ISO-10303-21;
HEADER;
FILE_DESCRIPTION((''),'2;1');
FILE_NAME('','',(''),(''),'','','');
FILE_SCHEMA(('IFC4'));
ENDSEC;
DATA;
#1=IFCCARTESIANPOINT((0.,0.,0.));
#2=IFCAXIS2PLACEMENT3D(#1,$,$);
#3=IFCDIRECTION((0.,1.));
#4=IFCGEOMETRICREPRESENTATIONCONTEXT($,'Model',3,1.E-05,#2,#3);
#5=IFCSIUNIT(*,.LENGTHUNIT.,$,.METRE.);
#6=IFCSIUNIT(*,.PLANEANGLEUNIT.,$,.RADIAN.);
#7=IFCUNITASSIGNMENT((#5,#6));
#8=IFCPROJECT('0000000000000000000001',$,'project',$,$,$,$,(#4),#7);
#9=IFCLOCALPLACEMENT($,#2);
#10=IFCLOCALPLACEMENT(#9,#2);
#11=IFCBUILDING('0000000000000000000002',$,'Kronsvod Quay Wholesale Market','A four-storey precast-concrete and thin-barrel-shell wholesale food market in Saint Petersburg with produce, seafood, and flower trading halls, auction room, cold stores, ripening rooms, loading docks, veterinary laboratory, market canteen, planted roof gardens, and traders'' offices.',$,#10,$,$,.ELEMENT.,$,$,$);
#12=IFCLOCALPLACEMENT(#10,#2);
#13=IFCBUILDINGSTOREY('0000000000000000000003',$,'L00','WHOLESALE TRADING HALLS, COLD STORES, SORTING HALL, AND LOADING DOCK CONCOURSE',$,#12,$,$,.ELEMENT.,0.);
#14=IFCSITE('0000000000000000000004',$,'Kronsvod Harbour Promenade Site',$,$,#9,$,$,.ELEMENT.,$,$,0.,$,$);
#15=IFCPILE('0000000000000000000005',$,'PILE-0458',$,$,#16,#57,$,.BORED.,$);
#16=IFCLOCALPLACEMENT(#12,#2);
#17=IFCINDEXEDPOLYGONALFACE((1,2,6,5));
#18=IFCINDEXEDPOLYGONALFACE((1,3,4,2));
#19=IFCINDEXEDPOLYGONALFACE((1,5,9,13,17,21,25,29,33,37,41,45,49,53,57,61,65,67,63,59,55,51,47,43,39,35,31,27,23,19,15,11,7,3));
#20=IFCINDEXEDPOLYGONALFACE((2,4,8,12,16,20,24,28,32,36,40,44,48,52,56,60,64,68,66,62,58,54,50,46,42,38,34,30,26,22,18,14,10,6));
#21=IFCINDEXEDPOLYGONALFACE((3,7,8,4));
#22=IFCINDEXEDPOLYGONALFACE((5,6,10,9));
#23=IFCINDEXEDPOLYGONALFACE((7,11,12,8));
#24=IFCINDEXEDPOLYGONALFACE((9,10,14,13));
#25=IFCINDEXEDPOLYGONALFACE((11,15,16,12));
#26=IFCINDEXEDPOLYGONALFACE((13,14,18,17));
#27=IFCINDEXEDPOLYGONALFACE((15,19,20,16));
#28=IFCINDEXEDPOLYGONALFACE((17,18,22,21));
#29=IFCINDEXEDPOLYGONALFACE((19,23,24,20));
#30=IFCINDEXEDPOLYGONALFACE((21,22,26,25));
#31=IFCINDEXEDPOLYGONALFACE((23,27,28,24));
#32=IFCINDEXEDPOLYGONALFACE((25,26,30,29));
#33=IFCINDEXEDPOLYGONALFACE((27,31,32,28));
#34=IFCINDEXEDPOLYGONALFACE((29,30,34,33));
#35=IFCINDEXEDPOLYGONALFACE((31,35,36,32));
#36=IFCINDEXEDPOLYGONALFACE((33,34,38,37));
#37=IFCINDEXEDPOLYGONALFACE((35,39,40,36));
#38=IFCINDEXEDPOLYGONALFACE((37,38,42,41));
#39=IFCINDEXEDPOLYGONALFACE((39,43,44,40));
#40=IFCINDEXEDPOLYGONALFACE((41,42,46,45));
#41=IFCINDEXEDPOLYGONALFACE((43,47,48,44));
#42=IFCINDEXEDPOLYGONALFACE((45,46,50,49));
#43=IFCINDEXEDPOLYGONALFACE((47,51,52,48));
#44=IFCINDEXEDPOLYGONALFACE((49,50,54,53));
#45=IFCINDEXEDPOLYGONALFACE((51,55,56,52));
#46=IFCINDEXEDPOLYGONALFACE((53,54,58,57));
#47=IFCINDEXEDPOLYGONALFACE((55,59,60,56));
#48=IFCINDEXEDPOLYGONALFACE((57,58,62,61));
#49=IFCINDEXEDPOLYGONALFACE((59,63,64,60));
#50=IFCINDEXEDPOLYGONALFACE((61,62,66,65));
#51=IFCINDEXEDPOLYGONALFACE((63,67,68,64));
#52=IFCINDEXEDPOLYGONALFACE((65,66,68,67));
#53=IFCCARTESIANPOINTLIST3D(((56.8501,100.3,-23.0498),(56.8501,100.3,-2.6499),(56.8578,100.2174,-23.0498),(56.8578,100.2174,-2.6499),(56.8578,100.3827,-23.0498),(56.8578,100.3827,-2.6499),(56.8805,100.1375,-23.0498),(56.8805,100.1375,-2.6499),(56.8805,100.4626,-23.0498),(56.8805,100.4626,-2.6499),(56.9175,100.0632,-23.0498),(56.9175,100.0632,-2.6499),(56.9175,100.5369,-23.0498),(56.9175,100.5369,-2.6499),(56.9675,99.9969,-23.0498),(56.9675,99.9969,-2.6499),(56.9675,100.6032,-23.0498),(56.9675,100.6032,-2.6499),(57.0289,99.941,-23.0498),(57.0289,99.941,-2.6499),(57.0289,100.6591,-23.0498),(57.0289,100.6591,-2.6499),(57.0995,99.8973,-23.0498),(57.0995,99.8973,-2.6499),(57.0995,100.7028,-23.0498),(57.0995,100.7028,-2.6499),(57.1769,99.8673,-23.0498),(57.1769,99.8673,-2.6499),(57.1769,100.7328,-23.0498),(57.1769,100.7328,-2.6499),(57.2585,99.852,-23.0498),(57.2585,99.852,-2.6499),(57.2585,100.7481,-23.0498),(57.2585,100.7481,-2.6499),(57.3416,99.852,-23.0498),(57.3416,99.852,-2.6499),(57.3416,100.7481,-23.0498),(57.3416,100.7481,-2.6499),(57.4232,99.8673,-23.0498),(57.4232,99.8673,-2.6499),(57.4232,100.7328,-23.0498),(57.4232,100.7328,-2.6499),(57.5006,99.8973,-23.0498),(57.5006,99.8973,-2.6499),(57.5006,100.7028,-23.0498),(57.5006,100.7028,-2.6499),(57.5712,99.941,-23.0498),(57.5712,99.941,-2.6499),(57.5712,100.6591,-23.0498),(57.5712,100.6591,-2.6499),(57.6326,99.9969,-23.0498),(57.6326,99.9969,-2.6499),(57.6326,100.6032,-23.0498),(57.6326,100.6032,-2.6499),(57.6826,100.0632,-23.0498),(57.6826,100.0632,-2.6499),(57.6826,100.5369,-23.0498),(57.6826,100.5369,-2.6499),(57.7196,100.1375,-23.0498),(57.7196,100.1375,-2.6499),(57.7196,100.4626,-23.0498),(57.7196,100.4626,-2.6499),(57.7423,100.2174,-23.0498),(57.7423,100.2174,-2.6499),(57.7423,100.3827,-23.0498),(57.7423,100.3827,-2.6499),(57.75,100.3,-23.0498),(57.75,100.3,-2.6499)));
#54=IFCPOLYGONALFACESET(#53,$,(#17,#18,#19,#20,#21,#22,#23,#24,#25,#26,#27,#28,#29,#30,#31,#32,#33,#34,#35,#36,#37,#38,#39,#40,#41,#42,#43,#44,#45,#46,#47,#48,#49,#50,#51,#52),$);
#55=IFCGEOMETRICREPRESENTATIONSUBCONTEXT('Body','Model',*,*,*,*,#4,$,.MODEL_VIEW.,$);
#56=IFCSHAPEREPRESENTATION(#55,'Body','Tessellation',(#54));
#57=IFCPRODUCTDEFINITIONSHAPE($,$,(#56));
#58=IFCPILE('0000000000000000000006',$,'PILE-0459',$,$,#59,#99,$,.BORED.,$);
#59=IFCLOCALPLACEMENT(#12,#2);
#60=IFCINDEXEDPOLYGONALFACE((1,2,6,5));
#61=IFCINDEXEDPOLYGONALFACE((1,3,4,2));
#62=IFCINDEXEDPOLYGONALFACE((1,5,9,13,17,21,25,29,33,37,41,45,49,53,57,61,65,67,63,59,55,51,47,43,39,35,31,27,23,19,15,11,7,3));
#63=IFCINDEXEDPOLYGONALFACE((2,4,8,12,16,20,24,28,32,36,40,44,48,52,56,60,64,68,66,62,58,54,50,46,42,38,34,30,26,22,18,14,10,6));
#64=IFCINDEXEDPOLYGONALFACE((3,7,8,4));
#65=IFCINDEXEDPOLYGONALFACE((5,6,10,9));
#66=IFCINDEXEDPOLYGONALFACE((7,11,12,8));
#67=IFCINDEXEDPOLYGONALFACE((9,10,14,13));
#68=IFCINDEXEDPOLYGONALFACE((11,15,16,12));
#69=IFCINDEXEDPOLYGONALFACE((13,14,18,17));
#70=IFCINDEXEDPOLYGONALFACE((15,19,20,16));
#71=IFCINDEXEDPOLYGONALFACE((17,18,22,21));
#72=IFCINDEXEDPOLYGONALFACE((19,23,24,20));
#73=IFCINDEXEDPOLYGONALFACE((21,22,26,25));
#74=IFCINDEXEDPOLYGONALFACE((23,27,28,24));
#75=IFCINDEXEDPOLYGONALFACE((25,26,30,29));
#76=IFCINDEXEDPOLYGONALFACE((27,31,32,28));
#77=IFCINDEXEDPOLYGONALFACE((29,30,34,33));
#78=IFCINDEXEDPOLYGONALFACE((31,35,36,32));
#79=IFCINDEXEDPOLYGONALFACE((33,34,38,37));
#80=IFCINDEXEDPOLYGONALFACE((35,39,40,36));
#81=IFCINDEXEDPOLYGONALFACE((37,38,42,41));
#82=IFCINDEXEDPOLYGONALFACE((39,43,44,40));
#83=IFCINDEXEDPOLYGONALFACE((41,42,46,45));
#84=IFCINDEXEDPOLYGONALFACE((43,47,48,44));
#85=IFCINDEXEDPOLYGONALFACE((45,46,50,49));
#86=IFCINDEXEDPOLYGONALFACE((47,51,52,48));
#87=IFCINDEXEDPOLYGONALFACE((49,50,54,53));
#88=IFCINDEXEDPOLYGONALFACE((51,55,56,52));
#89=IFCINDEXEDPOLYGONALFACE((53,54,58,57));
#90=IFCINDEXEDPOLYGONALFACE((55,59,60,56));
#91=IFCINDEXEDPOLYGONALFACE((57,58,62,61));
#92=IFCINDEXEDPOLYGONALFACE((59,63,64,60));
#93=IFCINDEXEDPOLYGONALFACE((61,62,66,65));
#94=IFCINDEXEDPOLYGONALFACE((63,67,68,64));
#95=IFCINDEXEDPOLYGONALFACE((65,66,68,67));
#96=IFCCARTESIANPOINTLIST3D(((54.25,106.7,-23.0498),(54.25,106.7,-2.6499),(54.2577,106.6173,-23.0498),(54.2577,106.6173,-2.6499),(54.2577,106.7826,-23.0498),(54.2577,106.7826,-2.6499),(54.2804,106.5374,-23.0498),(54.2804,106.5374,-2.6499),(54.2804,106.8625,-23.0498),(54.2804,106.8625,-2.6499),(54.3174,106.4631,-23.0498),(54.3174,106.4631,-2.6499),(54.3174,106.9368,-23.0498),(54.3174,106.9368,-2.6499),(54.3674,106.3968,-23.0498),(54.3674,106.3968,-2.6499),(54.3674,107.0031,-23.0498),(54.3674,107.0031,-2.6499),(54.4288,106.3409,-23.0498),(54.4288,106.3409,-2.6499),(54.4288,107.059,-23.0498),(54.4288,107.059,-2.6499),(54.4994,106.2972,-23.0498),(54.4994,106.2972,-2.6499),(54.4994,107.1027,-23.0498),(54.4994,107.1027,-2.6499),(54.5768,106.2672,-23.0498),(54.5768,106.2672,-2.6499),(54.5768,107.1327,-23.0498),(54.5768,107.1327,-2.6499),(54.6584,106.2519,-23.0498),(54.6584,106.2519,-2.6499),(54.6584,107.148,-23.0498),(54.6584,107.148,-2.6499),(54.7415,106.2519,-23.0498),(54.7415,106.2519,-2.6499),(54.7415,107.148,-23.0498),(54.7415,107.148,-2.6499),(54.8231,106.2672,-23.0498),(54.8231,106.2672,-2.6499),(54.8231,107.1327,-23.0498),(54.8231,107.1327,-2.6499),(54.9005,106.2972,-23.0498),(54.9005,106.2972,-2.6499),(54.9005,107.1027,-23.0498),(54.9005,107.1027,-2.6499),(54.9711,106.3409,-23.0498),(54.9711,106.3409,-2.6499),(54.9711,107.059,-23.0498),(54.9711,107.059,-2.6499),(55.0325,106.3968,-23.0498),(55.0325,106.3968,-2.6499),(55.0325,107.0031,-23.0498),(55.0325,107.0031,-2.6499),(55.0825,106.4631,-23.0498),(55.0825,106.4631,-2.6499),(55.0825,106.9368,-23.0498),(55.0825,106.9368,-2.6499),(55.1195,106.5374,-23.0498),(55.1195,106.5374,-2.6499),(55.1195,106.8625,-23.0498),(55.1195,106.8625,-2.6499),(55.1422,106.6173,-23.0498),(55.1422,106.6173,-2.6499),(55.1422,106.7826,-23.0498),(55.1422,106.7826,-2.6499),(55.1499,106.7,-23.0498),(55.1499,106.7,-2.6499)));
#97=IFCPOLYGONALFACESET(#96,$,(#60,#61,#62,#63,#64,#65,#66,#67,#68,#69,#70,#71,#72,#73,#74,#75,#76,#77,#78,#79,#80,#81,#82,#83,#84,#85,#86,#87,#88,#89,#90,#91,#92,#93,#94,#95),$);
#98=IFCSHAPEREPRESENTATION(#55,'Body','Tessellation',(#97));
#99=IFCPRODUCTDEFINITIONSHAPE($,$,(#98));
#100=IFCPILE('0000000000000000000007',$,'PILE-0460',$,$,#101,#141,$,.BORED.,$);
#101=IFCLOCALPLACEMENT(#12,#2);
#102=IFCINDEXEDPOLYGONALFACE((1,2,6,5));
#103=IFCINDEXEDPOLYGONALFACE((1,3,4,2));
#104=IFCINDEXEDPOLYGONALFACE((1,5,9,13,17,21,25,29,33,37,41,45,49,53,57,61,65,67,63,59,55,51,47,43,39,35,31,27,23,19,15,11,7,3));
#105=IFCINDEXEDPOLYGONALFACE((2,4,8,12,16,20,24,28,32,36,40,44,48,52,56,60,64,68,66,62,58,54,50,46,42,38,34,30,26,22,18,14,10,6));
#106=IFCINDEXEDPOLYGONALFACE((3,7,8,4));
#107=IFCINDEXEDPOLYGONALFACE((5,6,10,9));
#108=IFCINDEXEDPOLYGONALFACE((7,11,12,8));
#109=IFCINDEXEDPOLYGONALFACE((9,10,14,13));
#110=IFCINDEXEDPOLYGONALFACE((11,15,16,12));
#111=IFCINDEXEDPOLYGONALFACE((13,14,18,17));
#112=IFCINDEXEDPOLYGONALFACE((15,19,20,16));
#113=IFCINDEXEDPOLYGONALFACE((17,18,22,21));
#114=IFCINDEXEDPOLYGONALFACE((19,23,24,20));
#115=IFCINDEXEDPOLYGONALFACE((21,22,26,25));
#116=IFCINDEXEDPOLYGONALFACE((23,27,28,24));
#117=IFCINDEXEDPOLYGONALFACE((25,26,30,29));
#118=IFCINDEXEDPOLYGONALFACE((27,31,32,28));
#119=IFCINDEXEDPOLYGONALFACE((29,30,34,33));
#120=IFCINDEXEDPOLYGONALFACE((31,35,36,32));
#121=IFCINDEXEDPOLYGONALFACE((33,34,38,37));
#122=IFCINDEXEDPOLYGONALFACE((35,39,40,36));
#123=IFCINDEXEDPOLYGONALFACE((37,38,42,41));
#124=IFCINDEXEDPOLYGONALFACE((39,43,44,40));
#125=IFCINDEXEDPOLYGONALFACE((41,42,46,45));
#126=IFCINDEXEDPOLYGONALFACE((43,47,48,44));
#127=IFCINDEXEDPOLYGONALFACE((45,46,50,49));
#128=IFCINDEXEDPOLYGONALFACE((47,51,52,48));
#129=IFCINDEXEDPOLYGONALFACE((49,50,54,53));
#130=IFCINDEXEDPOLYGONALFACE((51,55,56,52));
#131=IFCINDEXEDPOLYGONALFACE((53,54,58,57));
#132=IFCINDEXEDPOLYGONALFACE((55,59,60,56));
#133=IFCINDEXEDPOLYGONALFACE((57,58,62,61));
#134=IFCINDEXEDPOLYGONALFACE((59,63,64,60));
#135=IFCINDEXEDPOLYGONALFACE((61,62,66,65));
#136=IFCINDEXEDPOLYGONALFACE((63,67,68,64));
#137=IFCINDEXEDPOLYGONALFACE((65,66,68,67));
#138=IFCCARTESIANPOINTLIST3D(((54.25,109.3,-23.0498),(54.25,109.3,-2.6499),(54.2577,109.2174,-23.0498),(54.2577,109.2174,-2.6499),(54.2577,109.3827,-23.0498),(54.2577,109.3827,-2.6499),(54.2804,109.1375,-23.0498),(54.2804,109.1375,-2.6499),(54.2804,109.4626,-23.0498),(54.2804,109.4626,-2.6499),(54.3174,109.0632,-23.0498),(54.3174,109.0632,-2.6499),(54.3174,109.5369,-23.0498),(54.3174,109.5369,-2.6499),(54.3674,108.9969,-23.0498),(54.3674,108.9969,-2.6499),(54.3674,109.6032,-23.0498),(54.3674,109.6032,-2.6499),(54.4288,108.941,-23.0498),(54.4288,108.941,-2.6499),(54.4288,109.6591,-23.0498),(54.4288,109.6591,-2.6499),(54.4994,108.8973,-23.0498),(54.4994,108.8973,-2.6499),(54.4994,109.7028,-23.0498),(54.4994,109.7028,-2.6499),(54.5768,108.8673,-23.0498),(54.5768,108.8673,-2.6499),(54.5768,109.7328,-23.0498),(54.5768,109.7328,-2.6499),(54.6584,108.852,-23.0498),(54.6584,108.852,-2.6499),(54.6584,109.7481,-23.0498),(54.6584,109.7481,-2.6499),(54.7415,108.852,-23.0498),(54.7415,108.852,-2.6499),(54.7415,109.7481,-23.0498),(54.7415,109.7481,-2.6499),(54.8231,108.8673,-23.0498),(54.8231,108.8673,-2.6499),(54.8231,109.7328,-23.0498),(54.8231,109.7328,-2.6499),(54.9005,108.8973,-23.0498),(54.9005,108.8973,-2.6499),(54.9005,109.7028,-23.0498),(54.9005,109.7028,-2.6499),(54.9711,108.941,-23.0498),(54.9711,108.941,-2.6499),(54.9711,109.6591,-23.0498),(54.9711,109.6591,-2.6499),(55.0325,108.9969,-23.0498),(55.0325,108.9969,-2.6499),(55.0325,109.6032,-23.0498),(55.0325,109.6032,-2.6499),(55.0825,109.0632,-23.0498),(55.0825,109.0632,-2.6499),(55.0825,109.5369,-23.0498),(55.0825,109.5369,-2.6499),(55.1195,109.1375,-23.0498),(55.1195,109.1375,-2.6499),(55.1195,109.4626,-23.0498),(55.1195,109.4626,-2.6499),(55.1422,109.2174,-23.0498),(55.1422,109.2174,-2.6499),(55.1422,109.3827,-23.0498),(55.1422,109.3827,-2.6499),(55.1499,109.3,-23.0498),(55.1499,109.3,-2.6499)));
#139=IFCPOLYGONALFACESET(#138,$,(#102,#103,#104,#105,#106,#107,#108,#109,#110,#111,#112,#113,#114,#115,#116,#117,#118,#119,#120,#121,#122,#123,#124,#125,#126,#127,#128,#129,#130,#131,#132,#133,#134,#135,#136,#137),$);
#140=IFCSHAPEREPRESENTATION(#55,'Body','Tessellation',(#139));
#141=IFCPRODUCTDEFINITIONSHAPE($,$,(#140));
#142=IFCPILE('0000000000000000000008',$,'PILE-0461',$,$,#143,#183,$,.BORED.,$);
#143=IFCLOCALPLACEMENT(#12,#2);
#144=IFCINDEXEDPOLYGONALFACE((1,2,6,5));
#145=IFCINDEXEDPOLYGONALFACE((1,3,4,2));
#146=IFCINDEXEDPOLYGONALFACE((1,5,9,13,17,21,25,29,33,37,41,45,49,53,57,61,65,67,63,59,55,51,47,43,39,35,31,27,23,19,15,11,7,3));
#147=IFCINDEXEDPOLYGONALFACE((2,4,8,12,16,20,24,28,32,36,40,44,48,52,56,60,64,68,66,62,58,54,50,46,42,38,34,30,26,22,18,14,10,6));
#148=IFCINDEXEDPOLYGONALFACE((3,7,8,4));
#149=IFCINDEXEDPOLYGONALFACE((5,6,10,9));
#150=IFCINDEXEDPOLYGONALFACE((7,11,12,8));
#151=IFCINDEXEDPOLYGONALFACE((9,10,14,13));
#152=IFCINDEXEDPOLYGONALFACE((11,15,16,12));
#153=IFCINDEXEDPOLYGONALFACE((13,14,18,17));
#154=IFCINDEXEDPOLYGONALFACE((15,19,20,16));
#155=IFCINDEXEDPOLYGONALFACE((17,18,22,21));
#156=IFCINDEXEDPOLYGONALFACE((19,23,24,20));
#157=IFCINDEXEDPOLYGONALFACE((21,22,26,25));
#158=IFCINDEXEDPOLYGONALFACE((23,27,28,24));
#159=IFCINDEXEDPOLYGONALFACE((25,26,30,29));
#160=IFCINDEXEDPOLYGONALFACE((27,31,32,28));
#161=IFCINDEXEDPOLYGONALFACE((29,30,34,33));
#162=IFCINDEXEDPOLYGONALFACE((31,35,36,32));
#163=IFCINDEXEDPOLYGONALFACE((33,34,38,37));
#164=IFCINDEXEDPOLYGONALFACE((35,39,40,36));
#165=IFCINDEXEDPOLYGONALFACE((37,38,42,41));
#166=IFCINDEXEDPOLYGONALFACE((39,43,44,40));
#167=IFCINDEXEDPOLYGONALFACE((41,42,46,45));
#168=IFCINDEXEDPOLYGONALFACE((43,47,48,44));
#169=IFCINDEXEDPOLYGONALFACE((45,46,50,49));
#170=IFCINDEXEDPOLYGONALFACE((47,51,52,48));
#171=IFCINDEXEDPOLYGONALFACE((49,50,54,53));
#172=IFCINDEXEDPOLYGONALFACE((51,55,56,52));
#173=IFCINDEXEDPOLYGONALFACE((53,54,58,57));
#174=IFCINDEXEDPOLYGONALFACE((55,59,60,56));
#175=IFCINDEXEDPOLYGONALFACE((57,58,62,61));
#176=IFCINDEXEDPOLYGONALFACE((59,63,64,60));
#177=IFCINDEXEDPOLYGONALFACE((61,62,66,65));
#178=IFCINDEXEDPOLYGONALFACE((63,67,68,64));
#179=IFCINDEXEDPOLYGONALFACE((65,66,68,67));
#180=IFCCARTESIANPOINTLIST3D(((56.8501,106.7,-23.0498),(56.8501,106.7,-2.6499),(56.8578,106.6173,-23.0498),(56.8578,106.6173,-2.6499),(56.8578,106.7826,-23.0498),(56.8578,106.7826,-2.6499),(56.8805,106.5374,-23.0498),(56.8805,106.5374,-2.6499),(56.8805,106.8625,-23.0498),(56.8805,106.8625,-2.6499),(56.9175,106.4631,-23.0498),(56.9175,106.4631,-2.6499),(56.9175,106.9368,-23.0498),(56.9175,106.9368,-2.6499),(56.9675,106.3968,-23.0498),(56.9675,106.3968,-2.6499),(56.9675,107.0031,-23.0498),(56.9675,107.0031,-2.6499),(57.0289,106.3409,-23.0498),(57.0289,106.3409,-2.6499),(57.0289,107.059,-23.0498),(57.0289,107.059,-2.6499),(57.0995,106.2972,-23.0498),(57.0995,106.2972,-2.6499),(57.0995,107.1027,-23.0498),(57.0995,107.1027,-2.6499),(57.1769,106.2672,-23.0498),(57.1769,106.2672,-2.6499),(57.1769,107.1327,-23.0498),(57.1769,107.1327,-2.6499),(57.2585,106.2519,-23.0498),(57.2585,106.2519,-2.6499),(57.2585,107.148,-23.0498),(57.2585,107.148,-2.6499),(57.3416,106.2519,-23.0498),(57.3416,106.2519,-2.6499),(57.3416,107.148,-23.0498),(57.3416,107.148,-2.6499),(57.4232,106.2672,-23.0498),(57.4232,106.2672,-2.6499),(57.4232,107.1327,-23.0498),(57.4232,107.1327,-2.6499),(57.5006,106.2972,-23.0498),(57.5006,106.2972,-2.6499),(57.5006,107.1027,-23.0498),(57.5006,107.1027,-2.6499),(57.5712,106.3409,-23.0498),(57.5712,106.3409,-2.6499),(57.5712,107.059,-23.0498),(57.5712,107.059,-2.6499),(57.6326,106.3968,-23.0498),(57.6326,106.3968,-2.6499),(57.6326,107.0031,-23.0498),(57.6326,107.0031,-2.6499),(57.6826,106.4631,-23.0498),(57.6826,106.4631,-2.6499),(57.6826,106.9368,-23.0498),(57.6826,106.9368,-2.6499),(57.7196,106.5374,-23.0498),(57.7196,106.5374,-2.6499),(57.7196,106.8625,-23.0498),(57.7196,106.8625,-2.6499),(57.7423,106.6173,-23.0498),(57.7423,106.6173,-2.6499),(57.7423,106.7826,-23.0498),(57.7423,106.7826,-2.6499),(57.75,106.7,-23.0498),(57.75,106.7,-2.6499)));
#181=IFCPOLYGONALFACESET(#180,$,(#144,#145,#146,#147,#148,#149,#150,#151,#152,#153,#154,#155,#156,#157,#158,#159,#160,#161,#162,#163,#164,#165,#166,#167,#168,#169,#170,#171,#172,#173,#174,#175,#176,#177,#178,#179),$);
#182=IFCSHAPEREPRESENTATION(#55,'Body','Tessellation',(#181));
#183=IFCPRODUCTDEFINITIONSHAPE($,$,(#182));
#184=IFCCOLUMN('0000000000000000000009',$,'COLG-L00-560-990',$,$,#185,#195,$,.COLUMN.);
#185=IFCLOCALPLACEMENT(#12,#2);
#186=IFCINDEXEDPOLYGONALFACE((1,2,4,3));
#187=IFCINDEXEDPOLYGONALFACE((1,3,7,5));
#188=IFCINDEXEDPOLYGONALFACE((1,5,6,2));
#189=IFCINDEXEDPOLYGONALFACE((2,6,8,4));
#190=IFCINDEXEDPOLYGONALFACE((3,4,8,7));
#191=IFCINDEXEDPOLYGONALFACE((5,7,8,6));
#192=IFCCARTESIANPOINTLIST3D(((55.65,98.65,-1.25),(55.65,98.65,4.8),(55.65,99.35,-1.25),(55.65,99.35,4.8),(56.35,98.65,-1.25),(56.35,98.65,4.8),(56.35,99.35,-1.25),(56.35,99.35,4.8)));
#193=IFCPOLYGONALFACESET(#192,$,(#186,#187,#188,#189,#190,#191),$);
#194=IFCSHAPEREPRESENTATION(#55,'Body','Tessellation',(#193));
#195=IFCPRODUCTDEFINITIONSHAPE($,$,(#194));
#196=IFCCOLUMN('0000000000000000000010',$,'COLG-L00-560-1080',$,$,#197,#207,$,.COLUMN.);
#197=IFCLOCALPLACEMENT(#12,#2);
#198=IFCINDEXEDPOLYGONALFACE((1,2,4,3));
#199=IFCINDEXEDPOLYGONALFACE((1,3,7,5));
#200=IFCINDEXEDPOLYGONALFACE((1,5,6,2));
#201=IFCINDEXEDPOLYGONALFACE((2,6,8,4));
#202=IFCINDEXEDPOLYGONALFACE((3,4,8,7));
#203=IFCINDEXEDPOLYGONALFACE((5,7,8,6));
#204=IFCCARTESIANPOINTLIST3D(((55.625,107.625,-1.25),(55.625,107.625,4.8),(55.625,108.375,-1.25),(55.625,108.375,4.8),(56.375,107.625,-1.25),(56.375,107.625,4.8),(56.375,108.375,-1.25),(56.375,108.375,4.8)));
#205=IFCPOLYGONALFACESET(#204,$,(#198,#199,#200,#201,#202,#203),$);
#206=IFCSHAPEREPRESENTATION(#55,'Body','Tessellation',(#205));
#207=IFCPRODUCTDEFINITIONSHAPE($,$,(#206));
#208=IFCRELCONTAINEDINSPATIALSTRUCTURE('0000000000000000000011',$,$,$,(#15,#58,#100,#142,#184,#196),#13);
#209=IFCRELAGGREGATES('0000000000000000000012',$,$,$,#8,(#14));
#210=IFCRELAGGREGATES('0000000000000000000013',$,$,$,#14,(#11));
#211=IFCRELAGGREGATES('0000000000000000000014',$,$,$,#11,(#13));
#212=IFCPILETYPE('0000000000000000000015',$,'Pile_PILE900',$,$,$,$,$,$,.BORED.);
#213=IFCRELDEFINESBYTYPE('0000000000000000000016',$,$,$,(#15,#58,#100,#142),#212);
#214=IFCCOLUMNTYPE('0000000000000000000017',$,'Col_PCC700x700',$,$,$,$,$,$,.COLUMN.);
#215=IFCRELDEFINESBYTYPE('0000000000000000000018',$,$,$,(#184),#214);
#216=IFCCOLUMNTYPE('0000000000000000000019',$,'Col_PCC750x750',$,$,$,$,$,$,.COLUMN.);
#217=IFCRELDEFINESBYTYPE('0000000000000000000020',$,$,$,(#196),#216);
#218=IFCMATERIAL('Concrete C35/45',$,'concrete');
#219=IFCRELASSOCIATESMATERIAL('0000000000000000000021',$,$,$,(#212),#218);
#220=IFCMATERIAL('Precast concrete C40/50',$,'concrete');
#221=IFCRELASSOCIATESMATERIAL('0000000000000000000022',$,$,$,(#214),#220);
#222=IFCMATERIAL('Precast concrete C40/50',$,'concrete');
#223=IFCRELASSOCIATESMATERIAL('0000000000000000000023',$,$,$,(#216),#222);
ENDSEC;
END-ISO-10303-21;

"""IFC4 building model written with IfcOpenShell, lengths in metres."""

from ifc_helpers import new_model, si_unit, direction, frame, origin, origin_2d, place, context, subcontext, project, spatial, rectangle, circle, extrude, material, material_profile, profile_set, type_object, element, save


model = new_model("IFC4")

# Units and contexts
model_context = context("Model", 3, precision=1e-05, world=origin(), true_north=direction((0.0, 1.0)))
body_context = subcontext(model_context, "Body", "Model", "MODEL_VIEW")
ifc_project = project(units=[si_unit("LENGTHUNIT", "METRE"), si_unit("PLANEANGLEUNIT", "RADIAN")], contexts=[model_context])

# Site, building, storey
site_placement = place(None, origin())
site = spatial("IfcSite", under=ifc_project, at=site_placement, Name="Kronsvod Harbour Promenade Site", CompositionType="ELEMENT", RefElevation=0.0)
building_placement = place(site_placement, origin())
building = spatial("IfcBuilding", under=site, at=building_placement, Name="Kronsvod Quay Wholesale Market", Description="A four-storey precast-concrete and thin-barrel-shell wholesale food market in Saint Petersburg with produce, seafood, and flower trading halls, auction room, cold stores, ripening rooms, loading docks, veterinary laboratory, market canteen, planted roof gardens, and traders' offices.", CompositionType="ELEMENT")
storey_placement = place(building_placement, origin())
storey = spatial("IfcBuildingStorey", under=building, at=storey_placement, Name="L00", Description="WHOLESALE TRADING HALLS, COLD STORES, SORTING HALL, AND LOADING DOCK CONCOURSE", CompositionType="ELEMENT", Elevation=0.0)

# Piles
ifc_material_1 = material(Name="Concrete C35/45", Category="concrete")
ifc_material_profile_1 = material_profile(ifc_material_1, circle(Radius=0.45, at=origin_2d()), Name="PILE900")
ifc_profile_set_1 = profile_set([ifc_material_profile_1], Name="Concrete C35/45")
pile_type = type_object("IfcPileType", Name="Pile_PILE900", PredefinedType="BORED", material=ifc_profile_set_1)
for number, where, z_axis, x_axis, name in (
    (1, (57.3, 100.3, -2.6499), (0.0, 0.0, -1.0), (1.0, 0.0, 0.0), "PILE-0458"),
    (2, (54.7, 106.7, -2.6499), (0.0, 0.0, -1.0), (1.0, 0.0, 0.0), "PILE-0459"),
    (3, (54.7, 109.3, -2.6499), (0.0, 0.0, -1.0), (1.0, 0.0, 0.0), "PILE-0460"),
    (4, (57.3, 106.7, -2.6499), (0.0, 0.0, -1.0), (1.0, 0.0, 0.0), "PILE-0461"),
):
    element("IfcPile", number, at=place(storey_placement, frame(where, z_axis=z_axis, x_axis=x_axis)), inside=storey, type_object=pile_type, Name=name, PredefinedType="BORED", context=body_context, shape_type="SweptSolid", body=[
        extrude(circle(Radius=0.45, at=origin_2d()), origin(), (0.0, 0.0, 1.0), 20.3999),
    ])

# Columns
ifc_material_2 = material(Name="Precast concrete C40/50", Category="concrete")
ifc_material_profile_2 = material_profile(ifc_material_2, rectangle(XDim=0.7, YDim=0.7, at=origin_2d()), Name="PCC700x700")
ifc_profile_set_2 = profile_set([ifc_material_profile_2], Name="Precast concrete C40/50")
column_type_1 = type_object("IfcColumnType", Name="Col_PCC700x700", PredefinedType="COLUMN", material=ifc_profile_set_2)
column_1_placement = place(storey_placement, frame((56.0, 99.0, -1.25), z_axis=(0.0, 0.0, 1.0), x_axis=(1.0, 0.0, 0.0)))
element("IfcColumn", 5, at=column_1_placement, inside=storey, type_object=column_type_1, Name="COLG-L00-560-990", PredefinedType="COLUMN", context=body_context, shape_type="SweptSolid", body=[
    extrude(rectangle(XDim=0.7, YDim=0.7, at=origin_2d()), origin(), (0.0, 0.0, 1.0), 6.05),
])
ifc_material_3 = material(Name="Precast concrete C40/50", Category="concrete")
ifc_material_profile_3 = material_profile(ifc_material_3, rectangle(XDim=0.75, YDim=0.75, at=origin_2d()), Name="COL-07")
ifc_profile_set_3 = profile_set([ifc_material_profile_3], Name="Precast concrete C40/50")
column_type_2 = type_object("IfcColumnType", Name="Col_PCC750x750", PredefinedType="COLUMN", material=ifc_profile_set_3)
column_2_placement = place(storey_placement, frame((56.0, 108.0, -1.25), z_axis=(0.0, 0.0, 1.0), x_axis=(1.0, 0.0, 0.0)))
element("IfcColumn", 6, at=column_2_placement, inside=storey, type_object=column_type_2, Name="COLG-L00-560-1080", PredefinedType="COLUMN", context=body_context, shape_type="SweptSolid", body=[
    extrude(rectangle(XDim=0.75, YDim=0.75, at=origin_2d()), origin(), (0.0, 0.0, 1.0), 6.05),
])

save(model, "model.ifc")
